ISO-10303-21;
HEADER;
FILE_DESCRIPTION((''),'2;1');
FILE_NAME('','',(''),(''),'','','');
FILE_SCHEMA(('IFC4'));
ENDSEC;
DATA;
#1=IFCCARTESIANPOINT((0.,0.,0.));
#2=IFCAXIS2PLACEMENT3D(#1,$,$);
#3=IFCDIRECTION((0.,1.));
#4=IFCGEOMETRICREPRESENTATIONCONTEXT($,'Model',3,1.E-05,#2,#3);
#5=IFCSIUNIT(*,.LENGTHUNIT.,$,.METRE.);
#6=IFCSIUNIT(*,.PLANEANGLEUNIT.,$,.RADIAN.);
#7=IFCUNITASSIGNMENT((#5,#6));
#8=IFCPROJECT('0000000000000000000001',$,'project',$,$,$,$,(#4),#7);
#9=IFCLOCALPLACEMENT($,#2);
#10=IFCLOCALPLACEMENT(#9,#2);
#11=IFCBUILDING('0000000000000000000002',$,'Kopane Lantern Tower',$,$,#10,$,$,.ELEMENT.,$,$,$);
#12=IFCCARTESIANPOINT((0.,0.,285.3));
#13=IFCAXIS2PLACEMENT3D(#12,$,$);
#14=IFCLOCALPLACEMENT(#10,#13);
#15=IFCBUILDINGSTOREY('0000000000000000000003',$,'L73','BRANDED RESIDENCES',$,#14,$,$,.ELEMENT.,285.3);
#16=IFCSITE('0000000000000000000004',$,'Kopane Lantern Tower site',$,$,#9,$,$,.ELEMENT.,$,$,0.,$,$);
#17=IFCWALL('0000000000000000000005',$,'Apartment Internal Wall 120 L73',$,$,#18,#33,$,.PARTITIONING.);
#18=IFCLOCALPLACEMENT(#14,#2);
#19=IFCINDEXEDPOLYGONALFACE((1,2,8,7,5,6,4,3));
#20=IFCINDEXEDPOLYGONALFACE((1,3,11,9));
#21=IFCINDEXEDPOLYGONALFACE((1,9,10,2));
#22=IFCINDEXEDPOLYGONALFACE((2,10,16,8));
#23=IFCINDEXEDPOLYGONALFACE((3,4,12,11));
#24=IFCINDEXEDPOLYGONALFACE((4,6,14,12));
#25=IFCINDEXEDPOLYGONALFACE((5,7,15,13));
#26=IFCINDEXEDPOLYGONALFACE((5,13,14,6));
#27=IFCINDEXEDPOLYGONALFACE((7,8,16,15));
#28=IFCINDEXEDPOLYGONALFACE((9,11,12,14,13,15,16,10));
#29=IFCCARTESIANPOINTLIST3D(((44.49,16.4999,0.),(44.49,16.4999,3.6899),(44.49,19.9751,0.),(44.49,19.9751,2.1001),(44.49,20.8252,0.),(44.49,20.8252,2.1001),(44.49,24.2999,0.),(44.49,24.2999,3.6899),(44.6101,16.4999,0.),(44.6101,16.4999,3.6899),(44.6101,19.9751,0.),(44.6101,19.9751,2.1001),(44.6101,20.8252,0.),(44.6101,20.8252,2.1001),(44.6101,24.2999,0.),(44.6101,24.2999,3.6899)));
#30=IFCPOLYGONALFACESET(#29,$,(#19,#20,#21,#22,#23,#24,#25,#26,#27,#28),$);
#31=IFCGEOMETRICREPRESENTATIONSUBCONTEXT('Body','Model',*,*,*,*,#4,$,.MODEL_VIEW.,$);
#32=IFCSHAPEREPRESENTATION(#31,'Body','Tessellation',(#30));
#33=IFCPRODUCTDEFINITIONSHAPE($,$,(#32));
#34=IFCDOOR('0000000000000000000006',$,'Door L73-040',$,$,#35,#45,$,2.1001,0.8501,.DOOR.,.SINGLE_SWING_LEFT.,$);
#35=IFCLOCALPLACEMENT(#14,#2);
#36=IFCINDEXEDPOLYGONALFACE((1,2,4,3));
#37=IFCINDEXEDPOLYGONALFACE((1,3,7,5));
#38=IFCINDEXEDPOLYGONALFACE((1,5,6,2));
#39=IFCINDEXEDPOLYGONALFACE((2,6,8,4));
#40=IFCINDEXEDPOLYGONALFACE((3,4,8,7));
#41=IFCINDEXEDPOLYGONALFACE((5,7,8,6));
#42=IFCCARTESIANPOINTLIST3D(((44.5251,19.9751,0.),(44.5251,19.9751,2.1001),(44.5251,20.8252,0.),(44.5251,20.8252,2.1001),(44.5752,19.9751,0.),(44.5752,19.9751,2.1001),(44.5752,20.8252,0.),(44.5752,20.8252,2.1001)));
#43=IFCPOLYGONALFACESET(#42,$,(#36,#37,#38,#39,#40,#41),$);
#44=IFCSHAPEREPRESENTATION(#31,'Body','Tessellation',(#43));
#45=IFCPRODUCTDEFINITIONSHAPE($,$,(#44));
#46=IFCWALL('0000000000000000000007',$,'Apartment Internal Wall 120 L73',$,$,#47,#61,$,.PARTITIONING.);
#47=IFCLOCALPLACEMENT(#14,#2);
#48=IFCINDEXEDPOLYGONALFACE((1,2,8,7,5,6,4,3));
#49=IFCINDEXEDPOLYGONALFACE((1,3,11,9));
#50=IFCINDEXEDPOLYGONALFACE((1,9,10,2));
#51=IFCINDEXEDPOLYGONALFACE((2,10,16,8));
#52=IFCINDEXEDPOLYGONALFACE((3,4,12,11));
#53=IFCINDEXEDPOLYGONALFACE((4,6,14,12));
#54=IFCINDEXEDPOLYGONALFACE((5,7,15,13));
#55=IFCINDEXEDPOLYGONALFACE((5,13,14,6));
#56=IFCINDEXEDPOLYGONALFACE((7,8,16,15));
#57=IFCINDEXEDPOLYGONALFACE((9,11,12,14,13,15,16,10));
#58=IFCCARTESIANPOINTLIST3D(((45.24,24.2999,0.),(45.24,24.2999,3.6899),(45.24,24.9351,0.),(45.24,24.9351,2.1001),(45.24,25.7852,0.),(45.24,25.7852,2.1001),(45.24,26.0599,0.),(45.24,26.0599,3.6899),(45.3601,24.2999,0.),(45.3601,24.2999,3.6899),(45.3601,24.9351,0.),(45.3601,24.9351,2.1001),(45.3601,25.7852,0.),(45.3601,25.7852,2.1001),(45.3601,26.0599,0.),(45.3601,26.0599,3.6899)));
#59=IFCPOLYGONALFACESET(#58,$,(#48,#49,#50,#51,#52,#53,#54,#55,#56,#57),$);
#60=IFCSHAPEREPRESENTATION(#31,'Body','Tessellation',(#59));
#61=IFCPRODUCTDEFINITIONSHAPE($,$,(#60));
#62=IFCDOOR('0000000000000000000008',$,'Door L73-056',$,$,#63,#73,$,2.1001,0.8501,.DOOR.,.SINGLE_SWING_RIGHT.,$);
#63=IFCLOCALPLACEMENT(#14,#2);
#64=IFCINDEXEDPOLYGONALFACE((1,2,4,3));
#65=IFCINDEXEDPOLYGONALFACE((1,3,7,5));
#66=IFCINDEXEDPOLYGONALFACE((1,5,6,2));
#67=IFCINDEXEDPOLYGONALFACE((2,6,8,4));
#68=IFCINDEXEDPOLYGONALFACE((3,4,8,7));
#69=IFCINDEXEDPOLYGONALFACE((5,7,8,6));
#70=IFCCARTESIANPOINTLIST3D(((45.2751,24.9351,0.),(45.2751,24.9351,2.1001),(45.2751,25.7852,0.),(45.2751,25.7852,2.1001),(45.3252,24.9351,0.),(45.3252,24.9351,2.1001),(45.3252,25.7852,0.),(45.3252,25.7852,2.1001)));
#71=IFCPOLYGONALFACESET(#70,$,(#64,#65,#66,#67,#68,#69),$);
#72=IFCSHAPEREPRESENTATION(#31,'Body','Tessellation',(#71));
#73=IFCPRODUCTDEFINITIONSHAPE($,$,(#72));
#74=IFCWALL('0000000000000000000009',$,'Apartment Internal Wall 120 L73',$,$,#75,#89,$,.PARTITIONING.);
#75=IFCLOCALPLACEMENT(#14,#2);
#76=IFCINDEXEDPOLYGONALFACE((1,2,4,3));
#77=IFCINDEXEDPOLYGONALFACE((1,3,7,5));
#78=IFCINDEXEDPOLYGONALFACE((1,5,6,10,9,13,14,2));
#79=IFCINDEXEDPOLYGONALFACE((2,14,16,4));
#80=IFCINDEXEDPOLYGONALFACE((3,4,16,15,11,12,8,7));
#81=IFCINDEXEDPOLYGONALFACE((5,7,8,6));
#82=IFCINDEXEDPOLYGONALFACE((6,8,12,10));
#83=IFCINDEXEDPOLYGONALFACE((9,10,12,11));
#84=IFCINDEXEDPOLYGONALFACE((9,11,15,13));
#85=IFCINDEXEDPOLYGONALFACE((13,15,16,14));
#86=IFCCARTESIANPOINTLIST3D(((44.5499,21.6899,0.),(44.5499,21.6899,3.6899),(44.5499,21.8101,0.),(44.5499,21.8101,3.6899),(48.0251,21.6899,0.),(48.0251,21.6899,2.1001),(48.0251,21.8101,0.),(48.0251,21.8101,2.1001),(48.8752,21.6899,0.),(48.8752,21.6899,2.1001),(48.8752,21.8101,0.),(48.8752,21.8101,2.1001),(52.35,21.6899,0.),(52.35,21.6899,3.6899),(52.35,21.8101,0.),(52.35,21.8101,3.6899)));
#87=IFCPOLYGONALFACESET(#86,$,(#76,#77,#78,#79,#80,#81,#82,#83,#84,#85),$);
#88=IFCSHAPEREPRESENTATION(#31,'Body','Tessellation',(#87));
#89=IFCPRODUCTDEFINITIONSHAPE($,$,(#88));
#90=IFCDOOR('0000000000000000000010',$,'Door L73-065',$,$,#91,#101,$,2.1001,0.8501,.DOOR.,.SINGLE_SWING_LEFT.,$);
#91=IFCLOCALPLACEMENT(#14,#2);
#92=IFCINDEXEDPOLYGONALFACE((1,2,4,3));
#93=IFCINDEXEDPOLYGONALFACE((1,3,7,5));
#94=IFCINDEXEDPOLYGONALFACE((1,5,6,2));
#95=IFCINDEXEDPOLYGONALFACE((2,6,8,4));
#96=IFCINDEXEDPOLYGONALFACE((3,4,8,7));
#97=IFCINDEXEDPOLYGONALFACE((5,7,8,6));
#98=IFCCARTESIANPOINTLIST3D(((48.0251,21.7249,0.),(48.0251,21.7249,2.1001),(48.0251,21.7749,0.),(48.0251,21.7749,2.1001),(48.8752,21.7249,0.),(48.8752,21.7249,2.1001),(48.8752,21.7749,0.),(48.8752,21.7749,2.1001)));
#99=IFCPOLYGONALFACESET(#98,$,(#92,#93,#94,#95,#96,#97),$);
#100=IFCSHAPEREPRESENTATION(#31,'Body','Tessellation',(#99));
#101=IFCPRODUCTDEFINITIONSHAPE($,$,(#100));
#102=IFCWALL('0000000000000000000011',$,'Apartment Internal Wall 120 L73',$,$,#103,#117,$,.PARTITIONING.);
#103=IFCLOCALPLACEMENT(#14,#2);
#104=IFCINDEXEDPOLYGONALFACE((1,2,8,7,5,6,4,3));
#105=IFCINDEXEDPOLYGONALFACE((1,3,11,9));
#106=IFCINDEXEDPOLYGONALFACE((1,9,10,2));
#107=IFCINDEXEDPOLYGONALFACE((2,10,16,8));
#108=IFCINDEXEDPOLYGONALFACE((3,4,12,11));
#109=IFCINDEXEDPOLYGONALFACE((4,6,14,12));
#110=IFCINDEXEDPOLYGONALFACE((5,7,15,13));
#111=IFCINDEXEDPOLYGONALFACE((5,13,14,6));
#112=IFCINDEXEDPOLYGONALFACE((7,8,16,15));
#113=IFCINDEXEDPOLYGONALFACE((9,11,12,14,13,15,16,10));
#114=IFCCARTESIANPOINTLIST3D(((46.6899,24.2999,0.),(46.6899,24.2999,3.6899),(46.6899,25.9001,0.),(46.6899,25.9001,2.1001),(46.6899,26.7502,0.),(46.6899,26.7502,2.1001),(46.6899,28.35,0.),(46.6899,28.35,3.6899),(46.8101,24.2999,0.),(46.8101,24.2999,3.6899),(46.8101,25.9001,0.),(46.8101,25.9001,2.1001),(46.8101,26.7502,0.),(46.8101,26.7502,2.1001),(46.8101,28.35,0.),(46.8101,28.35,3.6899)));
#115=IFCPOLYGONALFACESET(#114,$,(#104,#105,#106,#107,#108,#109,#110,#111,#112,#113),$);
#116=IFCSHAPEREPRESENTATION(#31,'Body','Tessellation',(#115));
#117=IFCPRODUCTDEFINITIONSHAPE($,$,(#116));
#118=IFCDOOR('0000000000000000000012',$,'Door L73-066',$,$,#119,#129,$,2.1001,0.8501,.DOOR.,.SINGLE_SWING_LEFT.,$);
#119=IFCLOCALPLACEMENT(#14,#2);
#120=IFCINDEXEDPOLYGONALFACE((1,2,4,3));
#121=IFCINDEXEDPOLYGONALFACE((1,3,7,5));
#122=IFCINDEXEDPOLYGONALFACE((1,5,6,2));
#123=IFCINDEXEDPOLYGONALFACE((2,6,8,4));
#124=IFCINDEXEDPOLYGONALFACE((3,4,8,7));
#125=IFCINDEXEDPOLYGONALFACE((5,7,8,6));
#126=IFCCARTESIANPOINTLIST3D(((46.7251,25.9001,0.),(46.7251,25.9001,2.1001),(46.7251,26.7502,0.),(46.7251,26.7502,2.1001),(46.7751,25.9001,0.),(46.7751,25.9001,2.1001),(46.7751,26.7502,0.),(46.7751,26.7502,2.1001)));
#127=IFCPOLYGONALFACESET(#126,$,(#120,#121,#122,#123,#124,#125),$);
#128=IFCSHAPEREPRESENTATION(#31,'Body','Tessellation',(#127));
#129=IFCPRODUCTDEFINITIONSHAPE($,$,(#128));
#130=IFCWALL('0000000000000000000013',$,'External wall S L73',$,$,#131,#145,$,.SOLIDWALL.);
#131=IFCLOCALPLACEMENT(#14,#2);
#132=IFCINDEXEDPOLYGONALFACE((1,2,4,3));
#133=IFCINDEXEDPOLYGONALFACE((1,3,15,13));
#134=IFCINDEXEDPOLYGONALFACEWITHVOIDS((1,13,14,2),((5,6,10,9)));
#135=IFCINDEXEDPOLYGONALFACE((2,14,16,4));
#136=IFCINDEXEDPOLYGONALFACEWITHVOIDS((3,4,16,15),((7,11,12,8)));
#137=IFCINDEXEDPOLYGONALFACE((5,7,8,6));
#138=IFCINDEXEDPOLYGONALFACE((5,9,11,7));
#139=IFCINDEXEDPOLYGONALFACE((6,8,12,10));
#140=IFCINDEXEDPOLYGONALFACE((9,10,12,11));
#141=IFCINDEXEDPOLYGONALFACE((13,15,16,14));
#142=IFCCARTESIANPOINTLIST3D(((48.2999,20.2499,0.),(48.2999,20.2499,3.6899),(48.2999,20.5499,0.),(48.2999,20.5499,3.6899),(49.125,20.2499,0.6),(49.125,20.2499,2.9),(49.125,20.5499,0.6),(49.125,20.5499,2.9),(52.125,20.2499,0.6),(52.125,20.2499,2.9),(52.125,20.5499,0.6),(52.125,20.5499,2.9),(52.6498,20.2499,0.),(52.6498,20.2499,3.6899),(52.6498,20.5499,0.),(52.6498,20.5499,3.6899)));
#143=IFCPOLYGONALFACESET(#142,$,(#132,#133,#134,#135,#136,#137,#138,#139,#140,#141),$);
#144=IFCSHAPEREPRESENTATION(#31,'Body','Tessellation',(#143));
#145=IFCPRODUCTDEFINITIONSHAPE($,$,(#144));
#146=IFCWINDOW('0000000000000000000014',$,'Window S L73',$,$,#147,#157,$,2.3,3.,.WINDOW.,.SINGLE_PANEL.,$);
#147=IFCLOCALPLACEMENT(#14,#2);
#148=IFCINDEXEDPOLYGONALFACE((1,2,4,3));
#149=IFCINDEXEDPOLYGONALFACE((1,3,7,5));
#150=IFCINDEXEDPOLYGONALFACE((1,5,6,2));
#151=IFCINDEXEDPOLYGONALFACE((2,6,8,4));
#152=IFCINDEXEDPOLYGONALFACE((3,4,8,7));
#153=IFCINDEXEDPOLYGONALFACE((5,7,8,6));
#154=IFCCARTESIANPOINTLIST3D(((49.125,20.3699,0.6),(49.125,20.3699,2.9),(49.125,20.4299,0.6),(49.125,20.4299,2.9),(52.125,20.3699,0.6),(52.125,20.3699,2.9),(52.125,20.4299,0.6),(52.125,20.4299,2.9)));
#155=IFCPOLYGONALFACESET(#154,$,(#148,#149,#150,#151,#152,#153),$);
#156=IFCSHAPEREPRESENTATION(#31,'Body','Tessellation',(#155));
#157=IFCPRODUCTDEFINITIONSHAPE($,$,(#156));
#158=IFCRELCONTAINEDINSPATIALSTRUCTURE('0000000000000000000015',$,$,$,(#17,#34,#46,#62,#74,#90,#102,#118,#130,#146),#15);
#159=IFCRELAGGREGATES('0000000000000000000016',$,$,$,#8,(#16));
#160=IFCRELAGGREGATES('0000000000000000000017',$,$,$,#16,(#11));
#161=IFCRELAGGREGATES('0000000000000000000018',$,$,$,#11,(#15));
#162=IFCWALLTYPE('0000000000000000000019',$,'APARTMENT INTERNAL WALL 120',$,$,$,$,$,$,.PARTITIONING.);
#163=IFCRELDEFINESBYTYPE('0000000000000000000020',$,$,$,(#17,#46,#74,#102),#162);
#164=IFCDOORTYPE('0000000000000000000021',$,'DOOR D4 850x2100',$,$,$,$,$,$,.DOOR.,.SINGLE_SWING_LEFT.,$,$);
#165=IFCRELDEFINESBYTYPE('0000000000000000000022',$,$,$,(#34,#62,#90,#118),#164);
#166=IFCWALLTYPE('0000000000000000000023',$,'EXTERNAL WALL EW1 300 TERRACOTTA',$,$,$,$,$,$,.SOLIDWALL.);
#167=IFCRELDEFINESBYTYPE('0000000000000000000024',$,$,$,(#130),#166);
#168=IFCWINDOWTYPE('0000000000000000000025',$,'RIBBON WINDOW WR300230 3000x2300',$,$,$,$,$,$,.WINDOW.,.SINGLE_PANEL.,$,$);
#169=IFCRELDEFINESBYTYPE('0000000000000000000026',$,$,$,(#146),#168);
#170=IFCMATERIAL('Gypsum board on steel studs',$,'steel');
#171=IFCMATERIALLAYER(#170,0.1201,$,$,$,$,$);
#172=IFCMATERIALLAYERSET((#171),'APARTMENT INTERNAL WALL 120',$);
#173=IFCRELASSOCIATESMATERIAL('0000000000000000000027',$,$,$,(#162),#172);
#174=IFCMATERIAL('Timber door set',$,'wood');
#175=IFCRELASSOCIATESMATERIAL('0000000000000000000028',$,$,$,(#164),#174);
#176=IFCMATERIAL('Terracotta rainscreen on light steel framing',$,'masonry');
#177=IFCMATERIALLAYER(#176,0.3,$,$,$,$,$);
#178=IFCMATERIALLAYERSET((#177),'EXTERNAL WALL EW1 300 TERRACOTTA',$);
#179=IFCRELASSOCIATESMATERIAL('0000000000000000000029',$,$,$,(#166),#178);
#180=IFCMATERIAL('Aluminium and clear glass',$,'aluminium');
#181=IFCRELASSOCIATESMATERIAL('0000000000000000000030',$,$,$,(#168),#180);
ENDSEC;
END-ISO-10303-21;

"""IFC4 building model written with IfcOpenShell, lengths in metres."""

from ifc_helpers import new_model, si_unit, direction, frame, frame_2d, origin, place, context, subcontext, project, spatial, rectangle, extrude, material, layer, layer_set, type_object, element, fill, save


model = new_model("IFC4")

# Units and contexts
model_context = context("Model", 3, precision=1e-05, world=origin(), true_north=direction((0.0, 1.0)))
body_context = subcontext(model_context, "Body", "Model", "MODEL_VIEW")
ifc_project = project(units=[si_unit("LENGTHUNIT", "METRE"), si_unit("PLANEANGLEUNIT", "RADIAN")], contexts=[model_context])

# Site, building, storey
site_placement = place(None, origin())
site = spatial("IfcSite", under=ifc_project, at=site_placement, Name="Kopane Lantern Tower site", CompositionType="ELEMENT", RefElevation=0.0)
building_placement = place(site_placement, origin())
building = spatial("IfcBuilding", under=site, at=building_placement, Name="Kopane Lantern Tower", CompositionType="ELEMENT")
storey_placement = place(building_placement, frame((0.0, 0.0, 285.3)))
storey = spatial("IfcBuildingStorey", under=building, at=storey_placement, Name="L73", Description="BRANDED RESIDENCES", CompositionType="ELEMENT", Elevation=285.3)

# Shared definitions
ifc_material_1 = material(Name="Gypsum board on steel studs", Category="steel")
ifc_layer_1 = layer(ifc_material_1, 0.1201)
ifc_layer_set_1 = layer_set([ifc_layer_1], Name="APARTMENT INTERNAL WALL 120")
wall_type_1 = type_object("IfcWallType", Name="APARTMENT INTERNAL WALL 120", PredefinedType="PARTITIONING", material=ifc_layer_set_1)
ifc_material_2 = material(Name="Timber door set", Category="wood")
door_type = type_object("IfcDoorType", Name="DOOR D4 850x2100", OperationType="SINGLE_SWING_LEFT", PredefinedType="DOOR", material=ifc_material_2)

# Walls, openings, doors
wall_1_placement = place(storey_placement, frame((44.55, 16.5, 0.0), z_axis=(0.0, 0.0, 1.0), x_axis=(0.0, 1.0, 0.0)))
wall_1 = element("IfcWall", 1, at=wall_1_placement, inside=storey, type_object=wall_type_1, Name="Apartment Internal Wall 120 L73", PredefinedType="PARTITIONING", context=body_context, shape_type="SweptSolid", body=[
    extrude(rectangle(XDim=7.8, YDim=0.1201, at=frame_2d((3.8999, 0.0))), origin(), (0.0, 0.0, 1.0), 3.6899),
])
opening_1_placement = place(wall_1_placement, frame((3.4751, 0.0, 0.0)))
opening_1 = element("IfcOpeningElement", 2, at=opening_1_placement, cuts=wall_1, PredefinedType="OPENING", context=body_context, shape_type="SweptSolid", body=[
    extrude(rectangle(XDim=0.8501, YDim=2.1001, at=frame_2d((0.425, 1.05))), frame((0.0, 0.0701, 0.0), z_axis=(0.0, -1.0, 0.0), x_axis=(1.0, 0.0, 0.0)), (0.0, 0.0, 1.0), 0.1401),
])
door_1_placement = place(opening_1_placement, origin())
door_1 = element("IfcDoor", 3, at=door_1_placement, inside=storey, type_object=door_type, Name="Door L73-040", OperationType="SINGLE_SWING_LEFT", OverallHeight=2.1001, OverallWidth=0.8501, PredefinedType="DOOR", context=body_context, shape_type="SweptSolid", body=[
    extrude(rectangle(XDim=0.8501, YDim=2.1001, at=frame_2d((0.425, 1.05))), frame((0.0, 0.0249, 0.0), z_axis=(0.0, -1.0, 0.0), x_axis=(1.0, 0.0, 0.0)), (0.0, 0.0, 1.0), 0.05),
])
fill(opening_1, door_1)
wall_2_placement = place(storey_placement, frame((45.3, 24.3, 0.0), z_axis=(0.0, 0.0, 1.0), x_axis=(0.0, 1.0, 0.0)))
wall_2 = element("IfcWall", 4, at=wall_2_placement, inside=storey, type_object=wall_type_1, Name="Apartment Internal Wall 120 L73", PredefinedType="PARTITIONING", context=body_context, shape_type="SweptSolid", body=[
    extrude(rectangle(XDim=1.76, YDim=0.1201, at=frame_2d((0.8799, 0.0))), origin(), (0.0, 0.0, 1.0), 3.6899),
])
opening_2_placement = place(wall_2_placement, frame((0.635, 0.0, 0.0)))
opening_2 = element("IfcOpeningElement", 5, at=opening_2_placement, cuts=wall_2, PredefinedType="OPENING", context=body_context, shape_type="SweptSolid", body=[
    extrude(rectangle(XDim=0.8501, YDim=2.1001, at=frame_2d((0.425, 1.05))), frame((0.0, 0.0701, 0.0), z_axis=(0.0, -1.0, 0.0), x_axis=(1.0, 0.0, 0.0)), (0.0, 0.0, 1.0), 0.1401),
])
door_2_placement = place(opening_2_placement, origin())
door_2 = element("IfcDoor", 6, at=door_2_placement, inside=storey, type_object=door_type, Name="Door L73-056", OperationType="SINGLE_SWING_RIGHT", OverallHeight=2.1001, OverallWidth=0.8501, PredefinedType="DOOR", context=body_context, shape_type="SweptSolid", body=[
    extrude(rectangle(XDim=0.8501, YDim=2.1001, at=frame_2d((0.425, 1.05))), frame((0.0, 0.0249, 0.0), z_axis=(0.0, -1.0, 0.0), x_axis=(1.0, 0.0, 0.0)), (0.0, 0.0, 1.0), 0.05),
])
fill(opening_2, door_2)
wall_3_placement = place(storey_placement, frame((44.55, 21.75, 0.0), z_axis=(0.0, 0.0, 1.0), x_axis=(1.0, 0.0, 0.0)))
wall_3 = element("IfcWall", 7, at=wall_3_placement, inside=storey, type_object=wall_type_1, Name="Apartment Internal Wall 120 L73", PredefinedType="PARTITIONING", context=body_context, shape_type="SweptSolid", body=[
    extrude(rectangle(XDim=7.8, YDim=0.1201, at=frame_2d((3.8999, 0.0))), origin(), (0.0, 0.0, 1.0), 3.6899),
])
opening_3_placement = place(wall_3_placement, frame((3.4751, 0.0, 0.0)))
opening_3 = element("IfcOpeningElement", 8, at=opening_3_placement, cuts=wall_3, PredefinedType="OPENING", context=body_context, shape_type="SweptSolid", body=[
    extrude(rectangle(XDim=0.8501, YDim=2.1001, at=frame_2d((0.425, 1.05))), frame((0.0, 0.0701, 0.0), z_axis=(0.0, -1.0, 0.0), x_axis=(1.0, 0.0, 0.0)), (0.0, 0.0, 1.0), 0.1401),
])
door_3_placement = place(opening_3_placement, origin())
door_3 = element("IfcDoor", 9, at=door_3_placement, inside=storey, type_object=door_type, Name="Door L73-065", OperationType="SINGLE_SWING_LEFT", OverallHeight=2.1001, OverallWidth=0.8501, PredefinedType="DOOR", context=body_context, shape_type="SweptSolid", body=[
    extrude(rectangle(XDim=0.8501, YDim=2.1001, at=frame_2d((0.425, 1.05))), frame((0.0, 0.0249, 0.0), z_axis=(0.0, -1.0, 0.0), x_axis=(1.0, 0.0, 0.0)), (0.0, 0.0, 1.0), 0.05),
])
fill(opening_3, door_3)
wall_4_placement = place(storey_placement, frame((46.75, 24.3, 0.0), z_axis=(0.0, 0.0, 1.0), x_axis=(0.0, 1.0, 0.0)))
wall_4 = element("IfcWall", 10, at=wall_4_placement, inside=storey, type_object=wall_type_1, Name="Apartment Internal Wall 120 L73", PredefinedType="PARTITIONING", context=body_context, shape_type="SweptSolid", body=[
    extrude(rectangle(XDim=4.05, YDim=0.1201, at=frame_2d((2.0249, 0.0))), origin(), (0.0, 0.0, 1.0), 3.6899),
])
opening_4_placement = place(wall_4_placement, frame((1.6001, 0.0, 0.0)))
opening_4 = element("IfcOpeningElement", 11, at=opening_4_placement, cuts=wall_4, PredefinedType="OPENING", context=body_context, shape_type="SweptSolid", body=[
    extrude(rectangle(XDim=0.8501, YDim=2.1001, at=frame_2d((0.425, 1.05))), frame((0.0, 0.0701, 0.0), z_axis=(0.0, -1.0, 0.0), x_axis=(1.0, 0.0, 0.0)), (0.0, 0.0, 1.0), 0.1401),
])
door_4_placement = place(opening_4_placement, origin())
door_4 = element("IfcDoor", 12, at=door_4_placement, inside=storey, type_object=door_type, Name="Door L73-066", OperationType="SINGLE_SWING_LEFT", OverallHeight=2.1001, OverallWidth=0.8501, PredefinedType="DOOR", context=body_context, shape_type="SweptSolid", body=[
    extrude(rectangle(XDim=0.8501, YDim=2.1001, at=frame_2d((0.425, 1.05))), frame((0.0, 0.0249, 0.0), z_axis=(0.0, -1.0, 0.0), x_axis=(1.0, 0.0, 0.0)), (0.0, 0.0, 1.0), 0.05),
])
fill(opening_4, door_4)

# Wall, opening, window
ifc_material_3 = material(Name="Terracotta rainscreen on light steel framing", Category="masonry")
ifc_layer_2 = layer(ifc_material_3, 0.3)
ifc_layer_set_2 = layer_set([ifc_layer_2], Name="EXTERNAL WALL EW1 300 TERRACOTTA")
wall_type_2 = type_object("IfcWallType", Name="EXTERNAL WALL EW1 300 TERRACOTTA", PredefinedType="SOLIDWALL", material=ifc_layer_set_2)
wall_5_placement = place(storey_placement, frame((48.3, 20.3999, 0.0), z_axis=(0.0, 0.0, 1.0), x_axis=(1.0, 0.0, 0.0)))
wall_5 = element("IfcWall", 13, at=wall_5_placement, inside=storey, type_object=wall_type_2, Name="External wall S L73", PredefinedType="SOLIDWALL", context=body_context, shape_type="SweptSolid", body=[
    extrude(rectangle(XDim=4.3499, YDim=0.3, at=frame_2d((2.1748, 0.0))), origin(), (0.0, 0.0, 1.0), 3.6899),
])
opening_5_placement = place(wall_5_placement, frame((0.825, 0.0, 0.6001)))
opening_5 = element("IfcOpeningElement", 14, at=opening_5_placement, cuts=wall_5, PredefinedType="OPENING", context=body_context, shape_type="SweptSolid", body=[
    extrude(rectangle(XDim=3.0, YDim=2.3, at=frame_2d((1.5, 1.1499))), frame((0.0, 0.1599, 0.0), z_axis=(0.0, -1.0, 0.0), x_axis=(1.0, 0.0, 0.0)), (0.0, 0.0, 1.0), 0.3201),
])
ifc_material_4 = material(Name="Aluminium and clear glass", Category="aluminium")
window_type = type_object("IfcWindowType", Name="RIBBON WINDOW WR300230 3000x2300", PartitioningType="SINGLE_PANEL", PredefinedType="WINDOW", material=ifc_material_4)
window_placement = place(opening_5_placement, origin())
window = element("IfcWindow", 15, at=window_placement, inside=storey, type_object=window_type, Name="Window S L73", OverallHeight=2.3, OverallWidth=3.0, PartitioningType="SINGLE_PANEL", PredefinedType="WINDOW", context=body_context, shape_type="SweptSolid", body=[
    extrude(rectangle(XDim=3.0, YDim=2.3, at=frame_2d((1.5, 1.1499))), frame((0.0, 0.03, 0.0), z_axis=(0.0, -1.0, 0.0), x_axis=(1.0, 0.0, 0.0)), (0.0, 0.0, 1.0), 0.0601),
])
fill(opening_5, window)

save(model, "model.ifc")
